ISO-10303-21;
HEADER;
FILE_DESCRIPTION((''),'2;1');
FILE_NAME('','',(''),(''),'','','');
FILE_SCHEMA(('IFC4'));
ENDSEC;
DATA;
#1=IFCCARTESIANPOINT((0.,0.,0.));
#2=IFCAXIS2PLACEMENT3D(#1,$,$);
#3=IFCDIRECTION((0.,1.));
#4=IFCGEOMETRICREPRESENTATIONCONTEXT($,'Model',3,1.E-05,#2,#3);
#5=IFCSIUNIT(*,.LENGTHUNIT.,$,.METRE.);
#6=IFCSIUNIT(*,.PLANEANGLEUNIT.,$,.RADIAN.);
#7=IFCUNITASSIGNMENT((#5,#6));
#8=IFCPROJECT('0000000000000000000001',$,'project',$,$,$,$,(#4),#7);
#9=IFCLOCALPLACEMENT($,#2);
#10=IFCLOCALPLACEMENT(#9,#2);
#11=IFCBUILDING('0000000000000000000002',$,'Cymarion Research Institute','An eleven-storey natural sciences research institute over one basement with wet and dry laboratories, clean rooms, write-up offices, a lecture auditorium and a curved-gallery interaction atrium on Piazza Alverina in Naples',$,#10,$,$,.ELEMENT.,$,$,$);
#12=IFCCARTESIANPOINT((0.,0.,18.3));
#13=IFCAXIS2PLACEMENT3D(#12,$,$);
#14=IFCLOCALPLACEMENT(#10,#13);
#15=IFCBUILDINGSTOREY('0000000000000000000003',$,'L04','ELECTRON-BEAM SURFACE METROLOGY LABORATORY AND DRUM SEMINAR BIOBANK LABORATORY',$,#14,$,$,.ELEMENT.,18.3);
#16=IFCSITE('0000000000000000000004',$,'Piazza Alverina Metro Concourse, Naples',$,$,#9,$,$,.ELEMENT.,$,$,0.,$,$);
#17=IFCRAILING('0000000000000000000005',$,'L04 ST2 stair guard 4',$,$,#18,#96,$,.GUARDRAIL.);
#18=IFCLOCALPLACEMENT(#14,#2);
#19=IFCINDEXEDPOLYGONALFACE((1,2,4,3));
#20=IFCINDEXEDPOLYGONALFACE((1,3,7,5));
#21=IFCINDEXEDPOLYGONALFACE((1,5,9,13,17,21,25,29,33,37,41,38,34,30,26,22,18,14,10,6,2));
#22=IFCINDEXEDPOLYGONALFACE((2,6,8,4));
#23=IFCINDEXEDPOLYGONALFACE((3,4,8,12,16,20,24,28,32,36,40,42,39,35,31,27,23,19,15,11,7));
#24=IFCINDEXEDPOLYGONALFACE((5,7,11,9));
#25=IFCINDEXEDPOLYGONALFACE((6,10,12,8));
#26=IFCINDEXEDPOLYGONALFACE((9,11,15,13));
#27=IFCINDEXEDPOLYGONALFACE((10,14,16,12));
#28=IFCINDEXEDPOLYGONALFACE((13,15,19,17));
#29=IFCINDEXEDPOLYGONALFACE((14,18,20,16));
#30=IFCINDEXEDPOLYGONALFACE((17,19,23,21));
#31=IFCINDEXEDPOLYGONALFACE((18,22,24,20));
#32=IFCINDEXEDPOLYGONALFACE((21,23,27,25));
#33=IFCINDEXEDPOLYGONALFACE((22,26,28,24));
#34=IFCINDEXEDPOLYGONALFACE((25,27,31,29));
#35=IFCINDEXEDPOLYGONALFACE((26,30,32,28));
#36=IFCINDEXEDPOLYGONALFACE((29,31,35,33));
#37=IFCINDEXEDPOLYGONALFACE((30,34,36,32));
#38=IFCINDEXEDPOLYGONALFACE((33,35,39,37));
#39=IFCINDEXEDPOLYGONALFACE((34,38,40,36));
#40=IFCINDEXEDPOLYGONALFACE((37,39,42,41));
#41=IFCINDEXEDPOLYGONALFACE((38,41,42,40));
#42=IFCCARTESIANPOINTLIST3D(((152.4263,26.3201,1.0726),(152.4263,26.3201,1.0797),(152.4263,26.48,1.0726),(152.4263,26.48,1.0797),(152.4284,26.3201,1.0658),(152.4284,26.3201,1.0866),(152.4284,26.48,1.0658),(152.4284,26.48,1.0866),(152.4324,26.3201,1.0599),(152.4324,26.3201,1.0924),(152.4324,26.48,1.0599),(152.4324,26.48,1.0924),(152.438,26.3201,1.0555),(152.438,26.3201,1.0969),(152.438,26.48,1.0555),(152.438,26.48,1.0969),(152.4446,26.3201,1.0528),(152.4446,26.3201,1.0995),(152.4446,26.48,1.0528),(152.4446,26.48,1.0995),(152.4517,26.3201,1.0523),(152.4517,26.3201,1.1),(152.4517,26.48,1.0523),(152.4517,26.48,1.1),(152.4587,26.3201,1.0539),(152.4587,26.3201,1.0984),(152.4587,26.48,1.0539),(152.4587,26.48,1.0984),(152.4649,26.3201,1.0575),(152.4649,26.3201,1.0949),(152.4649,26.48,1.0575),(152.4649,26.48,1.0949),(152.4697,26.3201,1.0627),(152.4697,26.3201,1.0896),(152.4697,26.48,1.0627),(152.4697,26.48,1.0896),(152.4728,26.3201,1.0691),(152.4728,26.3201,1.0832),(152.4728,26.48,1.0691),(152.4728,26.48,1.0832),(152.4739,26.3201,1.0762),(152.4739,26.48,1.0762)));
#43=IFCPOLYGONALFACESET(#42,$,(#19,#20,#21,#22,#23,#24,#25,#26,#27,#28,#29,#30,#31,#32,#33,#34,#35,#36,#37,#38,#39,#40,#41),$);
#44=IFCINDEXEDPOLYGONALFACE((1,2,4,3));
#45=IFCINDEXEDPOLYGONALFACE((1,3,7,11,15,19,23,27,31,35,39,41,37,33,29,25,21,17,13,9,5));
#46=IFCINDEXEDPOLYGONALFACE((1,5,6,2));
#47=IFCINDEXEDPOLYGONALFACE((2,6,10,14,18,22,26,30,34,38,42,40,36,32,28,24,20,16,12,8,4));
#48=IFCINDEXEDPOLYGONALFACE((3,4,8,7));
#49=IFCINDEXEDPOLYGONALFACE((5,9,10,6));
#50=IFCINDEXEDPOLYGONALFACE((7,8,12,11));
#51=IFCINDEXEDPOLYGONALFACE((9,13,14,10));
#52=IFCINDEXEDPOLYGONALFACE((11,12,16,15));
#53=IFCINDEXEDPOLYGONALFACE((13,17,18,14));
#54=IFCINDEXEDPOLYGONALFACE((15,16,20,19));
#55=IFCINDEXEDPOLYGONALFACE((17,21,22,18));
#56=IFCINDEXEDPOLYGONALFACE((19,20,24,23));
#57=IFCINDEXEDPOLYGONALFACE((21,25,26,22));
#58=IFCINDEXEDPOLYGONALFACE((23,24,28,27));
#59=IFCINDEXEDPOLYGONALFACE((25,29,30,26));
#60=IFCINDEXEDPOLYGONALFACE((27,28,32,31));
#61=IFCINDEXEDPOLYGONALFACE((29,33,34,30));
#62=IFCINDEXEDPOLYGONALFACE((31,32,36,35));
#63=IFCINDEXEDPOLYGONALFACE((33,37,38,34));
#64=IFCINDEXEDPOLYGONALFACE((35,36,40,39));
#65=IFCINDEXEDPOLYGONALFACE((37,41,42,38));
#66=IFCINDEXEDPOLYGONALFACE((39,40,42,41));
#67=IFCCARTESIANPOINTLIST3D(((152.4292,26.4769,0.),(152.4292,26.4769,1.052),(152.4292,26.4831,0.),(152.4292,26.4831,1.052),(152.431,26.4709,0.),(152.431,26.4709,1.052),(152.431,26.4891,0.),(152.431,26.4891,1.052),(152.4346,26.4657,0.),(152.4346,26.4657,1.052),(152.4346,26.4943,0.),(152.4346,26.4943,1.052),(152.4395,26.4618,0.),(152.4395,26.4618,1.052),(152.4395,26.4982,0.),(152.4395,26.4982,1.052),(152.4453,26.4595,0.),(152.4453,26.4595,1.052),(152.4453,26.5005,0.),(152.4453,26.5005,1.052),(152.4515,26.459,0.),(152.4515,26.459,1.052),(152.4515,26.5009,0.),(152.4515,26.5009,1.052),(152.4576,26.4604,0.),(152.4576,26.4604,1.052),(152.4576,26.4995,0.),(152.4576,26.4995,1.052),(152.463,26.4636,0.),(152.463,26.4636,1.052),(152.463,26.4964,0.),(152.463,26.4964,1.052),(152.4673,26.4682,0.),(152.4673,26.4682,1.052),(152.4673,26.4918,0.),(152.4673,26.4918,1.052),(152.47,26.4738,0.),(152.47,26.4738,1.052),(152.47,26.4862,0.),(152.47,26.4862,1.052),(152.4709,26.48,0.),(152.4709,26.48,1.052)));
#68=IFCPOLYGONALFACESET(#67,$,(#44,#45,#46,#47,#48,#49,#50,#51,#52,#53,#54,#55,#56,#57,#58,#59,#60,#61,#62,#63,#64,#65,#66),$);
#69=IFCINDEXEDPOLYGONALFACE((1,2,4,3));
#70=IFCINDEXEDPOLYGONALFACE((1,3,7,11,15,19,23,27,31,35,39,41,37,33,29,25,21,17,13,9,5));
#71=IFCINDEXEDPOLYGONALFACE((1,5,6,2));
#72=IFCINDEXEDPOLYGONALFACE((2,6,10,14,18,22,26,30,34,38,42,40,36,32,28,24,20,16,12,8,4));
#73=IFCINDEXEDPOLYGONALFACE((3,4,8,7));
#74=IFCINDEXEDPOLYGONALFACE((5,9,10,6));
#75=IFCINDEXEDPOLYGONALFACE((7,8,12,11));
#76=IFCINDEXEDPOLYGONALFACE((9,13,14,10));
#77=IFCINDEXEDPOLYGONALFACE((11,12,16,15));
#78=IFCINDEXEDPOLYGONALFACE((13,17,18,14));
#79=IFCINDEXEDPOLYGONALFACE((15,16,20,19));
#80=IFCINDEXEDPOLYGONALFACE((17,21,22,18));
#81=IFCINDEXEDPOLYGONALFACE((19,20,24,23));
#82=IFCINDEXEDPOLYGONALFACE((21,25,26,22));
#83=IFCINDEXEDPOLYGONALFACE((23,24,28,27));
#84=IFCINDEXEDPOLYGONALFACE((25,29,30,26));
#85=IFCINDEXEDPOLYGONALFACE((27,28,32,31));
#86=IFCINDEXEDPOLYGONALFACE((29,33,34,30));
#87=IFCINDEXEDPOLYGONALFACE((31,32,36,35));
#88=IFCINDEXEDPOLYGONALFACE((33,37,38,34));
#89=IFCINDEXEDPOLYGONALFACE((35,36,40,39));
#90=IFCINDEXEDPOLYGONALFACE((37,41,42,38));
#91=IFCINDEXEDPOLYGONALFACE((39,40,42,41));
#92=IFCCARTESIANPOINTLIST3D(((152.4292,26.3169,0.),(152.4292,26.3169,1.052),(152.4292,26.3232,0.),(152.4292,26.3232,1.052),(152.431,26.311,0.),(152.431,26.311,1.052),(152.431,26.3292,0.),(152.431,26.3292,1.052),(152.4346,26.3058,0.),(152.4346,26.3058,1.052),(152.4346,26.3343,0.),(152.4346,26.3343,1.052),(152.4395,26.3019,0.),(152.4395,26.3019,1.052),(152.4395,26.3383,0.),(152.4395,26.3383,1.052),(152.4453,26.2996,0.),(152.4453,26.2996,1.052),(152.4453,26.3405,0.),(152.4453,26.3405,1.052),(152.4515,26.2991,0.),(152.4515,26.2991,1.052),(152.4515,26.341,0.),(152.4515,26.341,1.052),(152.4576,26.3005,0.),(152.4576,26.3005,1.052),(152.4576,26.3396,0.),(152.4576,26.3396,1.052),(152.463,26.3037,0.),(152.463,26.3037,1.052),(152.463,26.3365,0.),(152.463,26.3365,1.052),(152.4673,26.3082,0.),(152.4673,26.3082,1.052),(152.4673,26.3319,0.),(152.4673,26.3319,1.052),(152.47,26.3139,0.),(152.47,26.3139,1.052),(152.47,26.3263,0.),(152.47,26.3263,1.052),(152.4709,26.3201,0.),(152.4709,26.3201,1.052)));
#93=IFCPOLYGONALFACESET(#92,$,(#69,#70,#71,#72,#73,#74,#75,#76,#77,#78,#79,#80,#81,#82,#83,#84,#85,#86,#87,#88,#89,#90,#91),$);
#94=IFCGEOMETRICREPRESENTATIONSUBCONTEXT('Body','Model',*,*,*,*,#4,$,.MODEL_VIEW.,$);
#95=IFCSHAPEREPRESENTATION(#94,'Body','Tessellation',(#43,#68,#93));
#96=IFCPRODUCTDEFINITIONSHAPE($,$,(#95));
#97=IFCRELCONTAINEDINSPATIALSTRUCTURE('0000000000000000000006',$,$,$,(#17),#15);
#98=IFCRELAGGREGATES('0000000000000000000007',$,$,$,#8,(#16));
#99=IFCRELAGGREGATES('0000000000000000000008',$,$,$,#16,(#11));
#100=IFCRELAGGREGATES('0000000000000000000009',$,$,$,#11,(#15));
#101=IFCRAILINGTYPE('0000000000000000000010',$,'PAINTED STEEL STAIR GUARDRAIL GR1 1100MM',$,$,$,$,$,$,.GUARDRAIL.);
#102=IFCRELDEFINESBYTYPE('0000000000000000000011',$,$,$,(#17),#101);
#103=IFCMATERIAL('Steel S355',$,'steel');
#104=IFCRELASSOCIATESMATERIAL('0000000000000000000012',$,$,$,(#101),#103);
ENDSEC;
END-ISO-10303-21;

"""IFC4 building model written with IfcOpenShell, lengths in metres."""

from ifc_helpers import new_model, si_unit, direction, frame, origin, origin_2d, place, context, subcontext, project, spatial, circle, extrude, material, type_object, element, save


model = new_model("IFC4")

# Units and contexts
model_context = context("Model", 3, precision=1e-05, world=origin(), true_north=direction((0.0, 1.0)))
body_context = subcontext(model_context, "Body", "Model", "MODEL_VIEW")
ifc_project = project(units=[si_unit("LENGTHUNIT", "METRE"), si_unit("PLANEANGLEUNIT", "RADIAN")], contexts=[model_context])

# Site, building, storey
site_placement = place(None, origin())
site = spatial("IfcSite", under=ifc_project, at=site_placement, Name="Piazza Alverina Metro Concourse, Naples", CompositionType="ELEMENT", RefElevation=0.0)
building_placement = place(site_placement, origin())
building = spatial("IfcBuilding", under=site, at=building_placement, Name="Cymarion Research Institute", Description="An eleven-storey natural sciences research institute over one basement with wet and dry laboratories, clean rooms, write-up offices, a lecture auditorium and a curved-gallery interaction atrium on Piazza Alverina in Naples", CompositionType="ELEMENT")
storey_placement = place(building_placement, frame((0.0, 0.0, 18.3)))
storey = spatial("IfcBuildingStorey", under=building, at=storey_placement, Name="L04", Description="ELECTRON-BEAM SURFACE METROLOGY LABORATORY AND DRUM SEMINAR BIOBANK LABORATORY", CompositionType="ELEMENT", Elevation=18.3)

# Shared definitions
ifc_material_1 = material(Name="Steel S355", Category="steel")

# Railing
railing_type_1 = type_object("IfcRailingType", Name="PAINTED STEEL STAIR GUARDRAIL GR1 1100MM", PredefinedType="GUARDRAIL", material=ifc_material_1)
railing_1_placement = place(storey_placement, frame((152.45, 26.48, 0.0)))
element("IfcRailing", 1, at=railing_1_placement, inside=storey, type_object=railing_type_1, Name="L04 ST2 stair guard 4", PredefinedType="GUARDRAIL", context=body_context, shape_type="SweptSolid", body=[
    extrude(circle(Radius=0.0239, at=origin_2d()), frame((0.0, 0.0, 1.0762), z_axis=(0.0, -1.0, 0.0), x_axis=(1.0, 0.0, 0.0)), (0.0, 0.0, 1.0), 0.1599),
    extrude(circle(Radius=0.021, at=origin_2d()), origin(), (0.0, 0.0, 1.0), 1.052),
    extrude(circle(Radius=0.021, at=origin_2d()), frame((0.0, -0.1599, 0.0)), (0.0, 0.0, 1.0), 1.052),
])

save(model, "model.ifc")
